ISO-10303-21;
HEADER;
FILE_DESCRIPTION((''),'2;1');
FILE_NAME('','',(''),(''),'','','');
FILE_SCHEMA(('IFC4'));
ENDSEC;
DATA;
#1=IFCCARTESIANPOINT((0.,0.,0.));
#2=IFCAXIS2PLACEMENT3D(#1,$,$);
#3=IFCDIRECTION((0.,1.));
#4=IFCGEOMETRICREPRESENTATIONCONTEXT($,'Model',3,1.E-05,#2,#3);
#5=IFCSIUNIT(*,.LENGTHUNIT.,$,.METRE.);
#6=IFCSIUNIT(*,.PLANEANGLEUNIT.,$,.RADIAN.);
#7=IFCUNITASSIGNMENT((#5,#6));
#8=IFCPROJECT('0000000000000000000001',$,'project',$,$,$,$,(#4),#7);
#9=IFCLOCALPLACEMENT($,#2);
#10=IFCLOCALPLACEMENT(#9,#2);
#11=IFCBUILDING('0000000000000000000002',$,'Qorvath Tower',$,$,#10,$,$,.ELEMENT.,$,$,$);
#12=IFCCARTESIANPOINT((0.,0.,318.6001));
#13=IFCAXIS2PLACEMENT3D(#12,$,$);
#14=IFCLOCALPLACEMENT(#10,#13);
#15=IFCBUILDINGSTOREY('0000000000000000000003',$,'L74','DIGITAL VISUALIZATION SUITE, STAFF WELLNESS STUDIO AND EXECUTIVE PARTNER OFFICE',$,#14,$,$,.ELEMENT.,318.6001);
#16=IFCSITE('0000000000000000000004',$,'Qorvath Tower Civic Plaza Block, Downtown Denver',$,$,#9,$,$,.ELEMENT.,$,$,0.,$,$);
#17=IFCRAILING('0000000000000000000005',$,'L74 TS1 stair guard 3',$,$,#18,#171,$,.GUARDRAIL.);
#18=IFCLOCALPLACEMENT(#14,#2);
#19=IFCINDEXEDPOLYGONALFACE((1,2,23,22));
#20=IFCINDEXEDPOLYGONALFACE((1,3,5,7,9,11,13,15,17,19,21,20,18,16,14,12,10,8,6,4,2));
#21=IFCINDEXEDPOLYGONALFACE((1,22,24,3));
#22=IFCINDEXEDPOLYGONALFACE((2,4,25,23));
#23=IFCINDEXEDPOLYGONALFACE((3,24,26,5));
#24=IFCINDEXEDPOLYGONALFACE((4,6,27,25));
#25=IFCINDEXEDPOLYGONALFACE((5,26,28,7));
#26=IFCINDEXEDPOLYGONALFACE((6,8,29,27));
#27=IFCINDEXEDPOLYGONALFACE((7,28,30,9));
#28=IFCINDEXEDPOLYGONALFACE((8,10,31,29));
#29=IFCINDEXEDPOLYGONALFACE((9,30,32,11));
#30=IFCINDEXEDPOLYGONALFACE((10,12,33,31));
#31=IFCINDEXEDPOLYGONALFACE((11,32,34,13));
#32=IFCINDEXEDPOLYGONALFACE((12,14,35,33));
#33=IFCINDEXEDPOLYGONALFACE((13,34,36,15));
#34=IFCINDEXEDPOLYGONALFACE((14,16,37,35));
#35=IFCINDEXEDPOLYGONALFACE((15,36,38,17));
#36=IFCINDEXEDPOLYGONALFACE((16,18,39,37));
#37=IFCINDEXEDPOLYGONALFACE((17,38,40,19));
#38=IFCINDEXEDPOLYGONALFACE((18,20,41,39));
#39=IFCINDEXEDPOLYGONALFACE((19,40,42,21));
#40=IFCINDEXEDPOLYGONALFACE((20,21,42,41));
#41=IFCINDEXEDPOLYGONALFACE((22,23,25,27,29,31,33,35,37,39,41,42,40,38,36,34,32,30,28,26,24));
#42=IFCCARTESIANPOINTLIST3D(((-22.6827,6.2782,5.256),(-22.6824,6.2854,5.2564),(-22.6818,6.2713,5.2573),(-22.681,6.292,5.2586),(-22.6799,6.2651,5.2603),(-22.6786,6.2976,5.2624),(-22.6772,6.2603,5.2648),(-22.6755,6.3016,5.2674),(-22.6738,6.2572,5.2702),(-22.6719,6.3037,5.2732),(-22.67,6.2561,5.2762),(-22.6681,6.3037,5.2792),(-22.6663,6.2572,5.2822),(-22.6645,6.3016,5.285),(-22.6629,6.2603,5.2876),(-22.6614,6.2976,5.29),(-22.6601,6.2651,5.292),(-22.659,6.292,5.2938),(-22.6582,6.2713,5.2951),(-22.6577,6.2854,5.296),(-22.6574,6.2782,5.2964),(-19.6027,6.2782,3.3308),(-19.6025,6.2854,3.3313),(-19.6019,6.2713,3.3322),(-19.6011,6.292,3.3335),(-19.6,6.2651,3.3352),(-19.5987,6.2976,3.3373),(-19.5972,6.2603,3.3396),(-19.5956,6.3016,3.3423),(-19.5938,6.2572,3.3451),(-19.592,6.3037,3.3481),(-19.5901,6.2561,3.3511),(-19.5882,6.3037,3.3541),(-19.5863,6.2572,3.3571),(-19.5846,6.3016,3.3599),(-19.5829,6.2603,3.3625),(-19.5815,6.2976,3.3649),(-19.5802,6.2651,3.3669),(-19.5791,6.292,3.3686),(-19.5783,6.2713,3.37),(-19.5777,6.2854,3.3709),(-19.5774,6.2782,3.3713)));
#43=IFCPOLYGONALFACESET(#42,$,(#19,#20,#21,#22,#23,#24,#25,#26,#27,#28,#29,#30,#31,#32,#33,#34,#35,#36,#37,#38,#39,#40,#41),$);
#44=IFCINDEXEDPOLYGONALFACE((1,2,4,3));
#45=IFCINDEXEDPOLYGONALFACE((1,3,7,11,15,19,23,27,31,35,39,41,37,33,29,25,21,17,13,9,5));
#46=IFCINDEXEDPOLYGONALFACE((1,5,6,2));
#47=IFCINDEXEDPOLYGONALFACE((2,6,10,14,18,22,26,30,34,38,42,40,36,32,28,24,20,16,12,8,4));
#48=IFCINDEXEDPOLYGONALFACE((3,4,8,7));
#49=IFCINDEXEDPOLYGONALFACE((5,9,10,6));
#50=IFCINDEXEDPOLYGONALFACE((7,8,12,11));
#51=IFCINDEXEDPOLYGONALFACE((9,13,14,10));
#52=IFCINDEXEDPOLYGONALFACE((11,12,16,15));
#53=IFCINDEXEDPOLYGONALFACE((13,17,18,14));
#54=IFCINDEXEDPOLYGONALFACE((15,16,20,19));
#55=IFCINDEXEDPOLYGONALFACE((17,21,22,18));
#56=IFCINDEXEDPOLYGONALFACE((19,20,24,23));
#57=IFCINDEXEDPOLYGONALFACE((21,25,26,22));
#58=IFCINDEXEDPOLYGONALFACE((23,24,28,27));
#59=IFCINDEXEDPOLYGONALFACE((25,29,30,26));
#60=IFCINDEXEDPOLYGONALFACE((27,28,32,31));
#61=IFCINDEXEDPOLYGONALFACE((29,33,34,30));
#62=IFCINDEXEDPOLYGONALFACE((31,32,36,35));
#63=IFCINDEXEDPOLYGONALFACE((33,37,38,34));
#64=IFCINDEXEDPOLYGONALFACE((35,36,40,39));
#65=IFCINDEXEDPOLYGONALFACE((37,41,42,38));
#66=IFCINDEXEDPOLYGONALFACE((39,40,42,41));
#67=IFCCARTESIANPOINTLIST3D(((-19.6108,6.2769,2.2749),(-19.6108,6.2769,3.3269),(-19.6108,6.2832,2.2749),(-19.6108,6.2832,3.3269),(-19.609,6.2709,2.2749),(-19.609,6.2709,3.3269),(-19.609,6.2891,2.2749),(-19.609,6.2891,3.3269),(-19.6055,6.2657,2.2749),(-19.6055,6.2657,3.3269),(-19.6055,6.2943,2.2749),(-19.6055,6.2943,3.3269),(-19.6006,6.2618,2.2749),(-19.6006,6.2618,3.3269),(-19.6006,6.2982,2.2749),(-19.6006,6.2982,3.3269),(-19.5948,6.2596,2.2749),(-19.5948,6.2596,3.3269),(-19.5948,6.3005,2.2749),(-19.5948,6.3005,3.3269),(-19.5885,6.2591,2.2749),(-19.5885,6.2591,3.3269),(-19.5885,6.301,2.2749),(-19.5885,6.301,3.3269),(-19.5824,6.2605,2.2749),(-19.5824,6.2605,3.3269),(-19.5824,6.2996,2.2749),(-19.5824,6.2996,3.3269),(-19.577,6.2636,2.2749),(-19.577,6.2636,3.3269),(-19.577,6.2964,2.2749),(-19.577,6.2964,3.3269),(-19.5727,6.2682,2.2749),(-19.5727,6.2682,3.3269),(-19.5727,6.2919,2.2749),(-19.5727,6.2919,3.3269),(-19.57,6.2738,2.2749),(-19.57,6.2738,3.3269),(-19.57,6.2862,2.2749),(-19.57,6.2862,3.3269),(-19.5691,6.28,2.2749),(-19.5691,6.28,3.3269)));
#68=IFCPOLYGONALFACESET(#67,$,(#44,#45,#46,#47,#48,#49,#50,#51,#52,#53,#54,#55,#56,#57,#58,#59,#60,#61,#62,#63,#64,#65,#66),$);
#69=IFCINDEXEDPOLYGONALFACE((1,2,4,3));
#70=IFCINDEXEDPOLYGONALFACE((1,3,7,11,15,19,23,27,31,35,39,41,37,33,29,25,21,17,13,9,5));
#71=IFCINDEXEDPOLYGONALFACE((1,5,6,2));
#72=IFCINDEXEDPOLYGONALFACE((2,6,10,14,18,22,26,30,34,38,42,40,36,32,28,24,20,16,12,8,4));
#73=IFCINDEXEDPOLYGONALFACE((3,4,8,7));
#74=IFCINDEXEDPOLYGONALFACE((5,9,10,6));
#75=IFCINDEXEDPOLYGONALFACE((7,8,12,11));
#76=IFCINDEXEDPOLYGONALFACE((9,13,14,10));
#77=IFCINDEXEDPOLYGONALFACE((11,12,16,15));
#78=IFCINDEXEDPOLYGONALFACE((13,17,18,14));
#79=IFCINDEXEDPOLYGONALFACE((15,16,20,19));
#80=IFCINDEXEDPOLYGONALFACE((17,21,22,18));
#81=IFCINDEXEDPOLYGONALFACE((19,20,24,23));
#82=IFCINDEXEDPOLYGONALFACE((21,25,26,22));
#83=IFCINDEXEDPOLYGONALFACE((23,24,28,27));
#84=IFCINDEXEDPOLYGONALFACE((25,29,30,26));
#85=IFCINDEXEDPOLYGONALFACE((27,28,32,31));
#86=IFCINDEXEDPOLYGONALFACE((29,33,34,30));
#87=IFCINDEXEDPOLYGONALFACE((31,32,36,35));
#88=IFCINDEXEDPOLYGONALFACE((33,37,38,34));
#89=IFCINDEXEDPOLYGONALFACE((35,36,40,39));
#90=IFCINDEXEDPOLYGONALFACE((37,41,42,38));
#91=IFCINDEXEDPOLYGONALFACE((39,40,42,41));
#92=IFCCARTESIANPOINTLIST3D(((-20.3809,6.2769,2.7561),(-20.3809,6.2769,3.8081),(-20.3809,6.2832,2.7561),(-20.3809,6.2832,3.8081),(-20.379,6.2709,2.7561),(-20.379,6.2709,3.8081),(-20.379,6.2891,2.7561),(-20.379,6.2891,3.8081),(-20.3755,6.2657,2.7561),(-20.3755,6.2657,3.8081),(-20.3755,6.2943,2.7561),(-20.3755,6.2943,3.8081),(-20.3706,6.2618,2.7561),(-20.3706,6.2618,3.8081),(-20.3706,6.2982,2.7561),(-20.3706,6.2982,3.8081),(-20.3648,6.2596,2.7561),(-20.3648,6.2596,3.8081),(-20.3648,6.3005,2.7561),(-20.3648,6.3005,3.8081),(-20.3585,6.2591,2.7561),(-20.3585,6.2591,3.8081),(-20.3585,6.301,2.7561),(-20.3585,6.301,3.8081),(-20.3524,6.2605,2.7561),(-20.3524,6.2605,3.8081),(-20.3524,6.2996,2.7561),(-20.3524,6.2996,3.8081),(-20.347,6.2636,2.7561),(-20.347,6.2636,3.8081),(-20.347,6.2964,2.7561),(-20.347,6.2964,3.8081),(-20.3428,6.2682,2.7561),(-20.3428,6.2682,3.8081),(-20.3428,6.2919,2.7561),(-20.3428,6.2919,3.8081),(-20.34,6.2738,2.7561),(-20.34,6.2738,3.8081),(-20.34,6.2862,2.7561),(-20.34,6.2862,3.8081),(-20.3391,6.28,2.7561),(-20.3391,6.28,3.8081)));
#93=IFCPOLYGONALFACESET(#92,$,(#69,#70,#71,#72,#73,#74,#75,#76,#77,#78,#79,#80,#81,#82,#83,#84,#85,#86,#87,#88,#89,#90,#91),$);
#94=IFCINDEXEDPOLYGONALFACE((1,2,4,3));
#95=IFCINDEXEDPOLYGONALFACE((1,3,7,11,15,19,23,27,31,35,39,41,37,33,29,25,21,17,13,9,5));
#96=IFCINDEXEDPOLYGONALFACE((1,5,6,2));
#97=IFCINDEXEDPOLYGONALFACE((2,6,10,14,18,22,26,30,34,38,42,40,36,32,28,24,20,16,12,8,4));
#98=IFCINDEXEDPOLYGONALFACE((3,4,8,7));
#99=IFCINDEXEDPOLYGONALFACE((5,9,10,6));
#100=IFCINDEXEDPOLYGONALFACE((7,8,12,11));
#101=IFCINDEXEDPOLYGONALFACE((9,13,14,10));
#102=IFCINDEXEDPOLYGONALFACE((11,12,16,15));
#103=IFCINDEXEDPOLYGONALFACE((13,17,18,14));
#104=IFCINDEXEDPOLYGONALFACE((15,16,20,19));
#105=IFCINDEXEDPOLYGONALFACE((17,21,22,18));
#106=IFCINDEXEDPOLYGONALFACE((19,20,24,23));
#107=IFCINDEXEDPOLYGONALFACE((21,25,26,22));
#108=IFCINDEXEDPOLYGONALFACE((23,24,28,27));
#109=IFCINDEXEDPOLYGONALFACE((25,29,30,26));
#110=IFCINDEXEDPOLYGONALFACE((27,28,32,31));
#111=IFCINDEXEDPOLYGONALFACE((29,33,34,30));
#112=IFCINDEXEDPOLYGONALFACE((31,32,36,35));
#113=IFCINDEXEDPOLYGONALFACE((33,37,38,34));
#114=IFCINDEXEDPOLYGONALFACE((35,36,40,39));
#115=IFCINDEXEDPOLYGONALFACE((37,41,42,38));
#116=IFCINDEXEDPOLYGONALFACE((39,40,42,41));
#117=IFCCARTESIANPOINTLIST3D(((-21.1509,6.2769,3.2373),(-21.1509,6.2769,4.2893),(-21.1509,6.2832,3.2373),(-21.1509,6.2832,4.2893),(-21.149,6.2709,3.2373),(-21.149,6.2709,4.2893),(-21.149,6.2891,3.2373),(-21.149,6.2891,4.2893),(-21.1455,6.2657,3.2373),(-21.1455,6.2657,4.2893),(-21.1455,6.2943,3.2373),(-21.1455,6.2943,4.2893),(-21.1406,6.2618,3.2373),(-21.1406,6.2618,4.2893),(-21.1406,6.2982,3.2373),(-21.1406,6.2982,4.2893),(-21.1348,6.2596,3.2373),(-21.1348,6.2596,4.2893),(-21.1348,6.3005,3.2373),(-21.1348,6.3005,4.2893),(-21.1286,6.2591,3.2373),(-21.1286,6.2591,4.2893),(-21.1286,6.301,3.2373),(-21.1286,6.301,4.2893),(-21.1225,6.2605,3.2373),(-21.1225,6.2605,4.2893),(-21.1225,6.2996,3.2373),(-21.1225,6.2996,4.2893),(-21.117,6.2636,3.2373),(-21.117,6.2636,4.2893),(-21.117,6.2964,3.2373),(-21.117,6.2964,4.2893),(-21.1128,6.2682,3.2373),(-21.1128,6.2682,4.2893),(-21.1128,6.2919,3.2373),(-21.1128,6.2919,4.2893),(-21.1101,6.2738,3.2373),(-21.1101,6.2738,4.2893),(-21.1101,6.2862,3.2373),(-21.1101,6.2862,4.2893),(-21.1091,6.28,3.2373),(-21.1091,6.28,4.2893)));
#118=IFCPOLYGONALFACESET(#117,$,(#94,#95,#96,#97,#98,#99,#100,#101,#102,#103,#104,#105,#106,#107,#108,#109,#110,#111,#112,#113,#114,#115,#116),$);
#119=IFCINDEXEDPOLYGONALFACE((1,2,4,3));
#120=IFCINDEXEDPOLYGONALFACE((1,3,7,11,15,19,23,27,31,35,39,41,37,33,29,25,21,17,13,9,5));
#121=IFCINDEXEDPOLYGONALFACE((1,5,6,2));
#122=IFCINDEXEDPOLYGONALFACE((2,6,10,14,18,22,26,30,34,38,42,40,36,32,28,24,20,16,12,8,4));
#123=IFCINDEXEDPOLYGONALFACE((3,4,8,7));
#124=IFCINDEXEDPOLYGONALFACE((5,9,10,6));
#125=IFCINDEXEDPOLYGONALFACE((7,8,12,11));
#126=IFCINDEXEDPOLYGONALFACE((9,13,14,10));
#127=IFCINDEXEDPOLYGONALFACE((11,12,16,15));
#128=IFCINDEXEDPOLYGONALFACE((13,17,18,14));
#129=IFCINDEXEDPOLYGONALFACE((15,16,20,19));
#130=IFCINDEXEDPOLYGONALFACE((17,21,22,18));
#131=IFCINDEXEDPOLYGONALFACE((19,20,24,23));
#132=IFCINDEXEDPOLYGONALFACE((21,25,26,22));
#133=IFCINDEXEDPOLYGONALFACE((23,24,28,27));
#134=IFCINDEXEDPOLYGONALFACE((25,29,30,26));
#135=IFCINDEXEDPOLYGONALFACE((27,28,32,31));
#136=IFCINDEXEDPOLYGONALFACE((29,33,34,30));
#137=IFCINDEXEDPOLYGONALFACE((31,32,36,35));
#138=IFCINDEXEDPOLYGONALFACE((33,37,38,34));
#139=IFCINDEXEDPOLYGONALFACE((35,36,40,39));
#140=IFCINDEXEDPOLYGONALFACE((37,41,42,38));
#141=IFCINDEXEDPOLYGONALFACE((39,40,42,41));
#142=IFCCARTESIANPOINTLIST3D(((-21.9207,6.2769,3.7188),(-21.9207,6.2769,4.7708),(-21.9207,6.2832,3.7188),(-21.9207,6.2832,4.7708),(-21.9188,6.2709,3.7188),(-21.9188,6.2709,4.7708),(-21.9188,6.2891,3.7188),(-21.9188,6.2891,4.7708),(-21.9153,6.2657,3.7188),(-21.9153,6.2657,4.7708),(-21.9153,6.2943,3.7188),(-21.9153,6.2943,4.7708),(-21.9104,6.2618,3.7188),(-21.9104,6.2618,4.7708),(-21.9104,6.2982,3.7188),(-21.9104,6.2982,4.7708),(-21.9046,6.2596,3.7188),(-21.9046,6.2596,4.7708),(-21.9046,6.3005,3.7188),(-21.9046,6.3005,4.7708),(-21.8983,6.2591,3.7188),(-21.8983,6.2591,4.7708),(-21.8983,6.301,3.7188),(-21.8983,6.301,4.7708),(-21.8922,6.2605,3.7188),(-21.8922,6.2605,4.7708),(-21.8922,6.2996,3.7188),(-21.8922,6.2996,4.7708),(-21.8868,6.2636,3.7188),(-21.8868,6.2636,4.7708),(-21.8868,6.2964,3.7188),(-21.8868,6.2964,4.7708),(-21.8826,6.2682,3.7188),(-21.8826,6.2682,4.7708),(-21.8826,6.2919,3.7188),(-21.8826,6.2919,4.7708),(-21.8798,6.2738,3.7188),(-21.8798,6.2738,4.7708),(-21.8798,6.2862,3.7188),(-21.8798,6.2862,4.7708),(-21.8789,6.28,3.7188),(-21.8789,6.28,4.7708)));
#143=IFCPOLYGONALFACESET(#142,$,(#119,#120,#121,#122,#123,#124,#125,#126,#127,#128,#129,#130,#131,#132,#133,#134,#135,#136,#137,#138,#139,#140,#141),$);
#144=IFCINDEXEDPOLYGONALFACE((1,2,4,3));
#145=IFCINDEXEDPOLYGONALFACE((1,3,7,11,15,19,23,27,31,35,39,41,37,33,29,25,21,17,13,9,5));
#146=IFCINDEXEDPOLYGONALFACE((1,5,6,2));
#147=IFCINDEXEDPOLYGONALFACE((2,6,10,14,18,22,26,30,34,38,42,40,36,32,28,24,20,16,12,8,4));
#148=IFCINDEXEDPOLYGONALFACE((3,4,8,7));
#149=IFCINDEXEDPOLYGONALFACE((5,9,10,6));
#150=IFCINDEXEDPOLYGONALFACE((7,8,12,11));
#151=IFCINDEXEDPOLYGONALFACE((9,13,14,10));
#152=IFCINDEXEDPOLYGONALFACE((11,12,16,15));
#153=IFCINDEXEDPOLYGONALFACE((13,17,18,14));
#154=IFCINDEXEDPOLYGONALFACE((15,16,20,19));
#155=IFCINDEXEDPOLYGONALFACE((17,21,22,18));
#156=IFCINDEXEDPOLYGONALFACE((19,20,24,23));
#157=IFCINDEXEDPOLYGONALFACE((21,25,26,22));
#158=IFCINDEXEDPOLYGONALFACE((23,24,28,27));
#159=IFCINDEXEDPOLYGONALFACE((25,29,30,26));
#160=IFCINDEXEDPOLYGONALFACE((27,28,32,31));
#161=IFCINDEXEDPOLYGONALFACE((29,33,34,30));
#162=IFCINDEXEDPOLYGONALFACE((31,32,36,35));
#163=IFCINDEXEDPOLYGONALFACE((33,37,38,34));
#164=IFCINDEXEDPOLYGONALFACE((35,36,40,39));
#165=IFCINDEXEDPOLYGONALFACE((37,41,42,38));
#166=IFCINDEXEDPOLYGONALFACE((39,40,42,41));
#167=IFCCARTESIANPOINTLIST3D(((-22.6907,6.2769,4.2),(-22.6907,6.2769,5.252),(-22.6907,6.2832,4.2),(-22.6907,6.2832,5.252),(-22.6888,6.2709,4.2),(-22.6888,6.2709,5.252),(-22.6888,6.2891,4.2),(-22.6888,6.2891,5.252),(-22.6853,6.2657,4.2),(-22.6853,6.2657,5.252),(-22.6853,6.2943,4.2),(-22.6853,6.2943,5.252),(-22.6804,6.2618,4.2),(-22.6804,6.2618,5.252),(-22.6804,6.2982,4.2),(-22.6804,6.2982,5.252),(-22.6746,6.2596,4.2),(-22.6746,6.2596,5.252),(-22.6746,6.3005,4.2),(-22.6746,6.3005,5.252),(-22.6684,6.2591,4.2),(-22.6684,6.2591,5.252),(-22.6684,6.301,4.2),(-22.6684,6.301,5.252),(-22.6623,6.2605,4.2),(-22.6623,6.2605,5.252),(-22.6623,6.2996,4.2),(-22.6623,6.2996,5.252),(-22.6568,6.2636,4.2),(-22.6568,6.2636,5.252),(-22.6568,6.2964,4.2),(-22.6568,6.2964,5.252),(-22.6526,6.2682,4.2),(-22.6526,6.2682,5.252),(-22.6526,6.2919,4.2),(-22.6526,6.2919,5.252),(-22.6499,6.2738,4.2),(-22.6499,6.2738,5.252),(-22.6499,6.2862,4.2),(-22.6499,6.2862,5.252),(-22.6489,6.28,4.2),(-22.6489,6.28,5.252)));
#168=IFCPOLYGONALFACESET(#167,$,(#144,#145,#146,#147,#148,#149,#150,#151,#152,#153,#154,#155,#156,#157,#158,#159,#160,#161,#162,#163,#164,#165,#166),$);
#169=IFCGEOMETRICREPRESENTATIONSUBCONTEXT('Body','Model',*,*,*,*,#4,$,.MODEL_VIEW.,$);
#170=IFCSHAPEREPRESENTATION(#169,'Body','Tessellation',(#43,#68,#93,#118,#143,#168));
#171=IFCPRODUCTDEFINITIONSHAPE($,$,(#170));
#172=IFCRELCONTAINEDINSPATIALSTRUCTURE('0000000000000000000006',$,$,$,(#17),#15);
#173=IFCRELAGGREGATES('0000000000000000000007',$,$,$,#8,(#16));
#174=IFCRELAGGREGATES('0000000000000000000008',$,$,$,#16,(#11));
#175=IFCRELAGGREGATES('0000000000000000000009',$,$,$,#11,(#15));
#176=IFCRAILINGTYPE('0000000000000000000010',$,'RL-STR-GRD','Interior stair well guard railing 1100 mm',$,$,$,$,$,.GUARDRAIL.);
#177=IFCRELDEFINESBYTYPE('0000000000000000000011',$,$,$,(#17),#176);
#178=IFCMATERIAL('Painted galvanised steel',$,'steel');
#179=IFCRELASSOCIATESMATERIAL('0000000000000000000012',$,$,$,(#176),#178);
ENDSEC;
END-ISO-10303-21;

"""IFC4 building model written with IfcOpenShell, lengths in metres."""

from ifc_helpers import new_model, si_unit, direction, frame, origin, origin_2d, place, context, subcontext, project, spatial, circle, extrude, material, type_object, element, save


model = new_model("IFC4")

# Units and contexts
model_context = context("Model", 3, precision=1e-05, world=origin(), true_north=direction((0.0, 1.0)))
body_context = subcontext(model_context, "Body", "Model", "MODEL_VIEW")
ifc_project = project(units=[si_unit("LENGTHUNIT", "METRE"), si_unit("PLANEANGLEUNIT", "RADIAN")], contexts=[model_context])

# Site, building, storey
site_placement = place(None, origin())
site = spatial("IfcSite", under=ifc_project, at=site_placement, Name="Qorvath Tower Civic Plaza Block, Downtown Denver", CompositionType="ELEMENT", RefElevation=0.0)
building_placement = place(site_placement, origin())
building = spatial("IfcBuilding", under=site, at=building_placement, Name="Qorvath Tower", CompositionType="ELEMENT")
storey_placement = place(building_placement, frame((0.0, 0.0, 318.6001)))
storey = spatial("IfcBuildingStorey", under=building, at=storey_placement, Name="L74", Description="DIGITAL VISUALIZATION SUITE, STAFF WELLNESS STUDIO AND EXECUTIVE PARTNER OFFICE", CompositionType="ELEMENT", Elevation=318.6001)

# Railing
ifc_material_1 = material(Name="Painted galvanised steel", Category="steel")
railing_type_1 = type_object("IfcRailingType", Name="RL-STR-GRD", Description="Interior stair well guard railing 1100 mm", PredefinedType="GUARDRAIL", material=ifc_material_1)
railing_1_placement = place(storey_placement, frame((-19.5901, 6.28, 2.2749)))
element("IfcRailing", 1, at=railing_1_placement, inside=storey, type_object=railing_type_1, Name="L74 TS1 stair guard 3", PredefinedType="GUARDRAIL", context=body_context, shape_type="SweptSolid", body=[
    extrude(circle(Radius=0.0239, at=origin_2d()), frame((0.0, 0.0, 1.0762), z_axis=(-0.847979, 0.0, 0.530029), x_axis=(0.0, -1.0, 0.0)), (0.0, 0.0, 1.0), 3.6321),
    extrude(circle(Radius=0.021, at=origin_2d()), origin(), (0.0, 0.0, 1.0), 1.052),
    extrude(circle(Radius=0.021, at=origin_2d()), frame((-0.77, 0.0, 0.4812)), (0.0, 0.0, 1.0), 1.052),
    extrude(circle(Radius=0.021, at=origin_2d()), frame((-1.54, 0.0, 0.9624)), (0.0, 0.0, 1.0), 1.052),
    extrude(circle(Radius=0.021, at=origin_2d()), frame((-2.3098, 0.0, 1.4438)), (0.0, 0.0, 1.0), 1.052),
    extrude(circle(Radius=0.021, at=origin_2d()), frame((-3.0798, 0.0, 1.925)), (0.0, 0.0, 1.0), 1.052),
])

save(model, "model.ifc")
